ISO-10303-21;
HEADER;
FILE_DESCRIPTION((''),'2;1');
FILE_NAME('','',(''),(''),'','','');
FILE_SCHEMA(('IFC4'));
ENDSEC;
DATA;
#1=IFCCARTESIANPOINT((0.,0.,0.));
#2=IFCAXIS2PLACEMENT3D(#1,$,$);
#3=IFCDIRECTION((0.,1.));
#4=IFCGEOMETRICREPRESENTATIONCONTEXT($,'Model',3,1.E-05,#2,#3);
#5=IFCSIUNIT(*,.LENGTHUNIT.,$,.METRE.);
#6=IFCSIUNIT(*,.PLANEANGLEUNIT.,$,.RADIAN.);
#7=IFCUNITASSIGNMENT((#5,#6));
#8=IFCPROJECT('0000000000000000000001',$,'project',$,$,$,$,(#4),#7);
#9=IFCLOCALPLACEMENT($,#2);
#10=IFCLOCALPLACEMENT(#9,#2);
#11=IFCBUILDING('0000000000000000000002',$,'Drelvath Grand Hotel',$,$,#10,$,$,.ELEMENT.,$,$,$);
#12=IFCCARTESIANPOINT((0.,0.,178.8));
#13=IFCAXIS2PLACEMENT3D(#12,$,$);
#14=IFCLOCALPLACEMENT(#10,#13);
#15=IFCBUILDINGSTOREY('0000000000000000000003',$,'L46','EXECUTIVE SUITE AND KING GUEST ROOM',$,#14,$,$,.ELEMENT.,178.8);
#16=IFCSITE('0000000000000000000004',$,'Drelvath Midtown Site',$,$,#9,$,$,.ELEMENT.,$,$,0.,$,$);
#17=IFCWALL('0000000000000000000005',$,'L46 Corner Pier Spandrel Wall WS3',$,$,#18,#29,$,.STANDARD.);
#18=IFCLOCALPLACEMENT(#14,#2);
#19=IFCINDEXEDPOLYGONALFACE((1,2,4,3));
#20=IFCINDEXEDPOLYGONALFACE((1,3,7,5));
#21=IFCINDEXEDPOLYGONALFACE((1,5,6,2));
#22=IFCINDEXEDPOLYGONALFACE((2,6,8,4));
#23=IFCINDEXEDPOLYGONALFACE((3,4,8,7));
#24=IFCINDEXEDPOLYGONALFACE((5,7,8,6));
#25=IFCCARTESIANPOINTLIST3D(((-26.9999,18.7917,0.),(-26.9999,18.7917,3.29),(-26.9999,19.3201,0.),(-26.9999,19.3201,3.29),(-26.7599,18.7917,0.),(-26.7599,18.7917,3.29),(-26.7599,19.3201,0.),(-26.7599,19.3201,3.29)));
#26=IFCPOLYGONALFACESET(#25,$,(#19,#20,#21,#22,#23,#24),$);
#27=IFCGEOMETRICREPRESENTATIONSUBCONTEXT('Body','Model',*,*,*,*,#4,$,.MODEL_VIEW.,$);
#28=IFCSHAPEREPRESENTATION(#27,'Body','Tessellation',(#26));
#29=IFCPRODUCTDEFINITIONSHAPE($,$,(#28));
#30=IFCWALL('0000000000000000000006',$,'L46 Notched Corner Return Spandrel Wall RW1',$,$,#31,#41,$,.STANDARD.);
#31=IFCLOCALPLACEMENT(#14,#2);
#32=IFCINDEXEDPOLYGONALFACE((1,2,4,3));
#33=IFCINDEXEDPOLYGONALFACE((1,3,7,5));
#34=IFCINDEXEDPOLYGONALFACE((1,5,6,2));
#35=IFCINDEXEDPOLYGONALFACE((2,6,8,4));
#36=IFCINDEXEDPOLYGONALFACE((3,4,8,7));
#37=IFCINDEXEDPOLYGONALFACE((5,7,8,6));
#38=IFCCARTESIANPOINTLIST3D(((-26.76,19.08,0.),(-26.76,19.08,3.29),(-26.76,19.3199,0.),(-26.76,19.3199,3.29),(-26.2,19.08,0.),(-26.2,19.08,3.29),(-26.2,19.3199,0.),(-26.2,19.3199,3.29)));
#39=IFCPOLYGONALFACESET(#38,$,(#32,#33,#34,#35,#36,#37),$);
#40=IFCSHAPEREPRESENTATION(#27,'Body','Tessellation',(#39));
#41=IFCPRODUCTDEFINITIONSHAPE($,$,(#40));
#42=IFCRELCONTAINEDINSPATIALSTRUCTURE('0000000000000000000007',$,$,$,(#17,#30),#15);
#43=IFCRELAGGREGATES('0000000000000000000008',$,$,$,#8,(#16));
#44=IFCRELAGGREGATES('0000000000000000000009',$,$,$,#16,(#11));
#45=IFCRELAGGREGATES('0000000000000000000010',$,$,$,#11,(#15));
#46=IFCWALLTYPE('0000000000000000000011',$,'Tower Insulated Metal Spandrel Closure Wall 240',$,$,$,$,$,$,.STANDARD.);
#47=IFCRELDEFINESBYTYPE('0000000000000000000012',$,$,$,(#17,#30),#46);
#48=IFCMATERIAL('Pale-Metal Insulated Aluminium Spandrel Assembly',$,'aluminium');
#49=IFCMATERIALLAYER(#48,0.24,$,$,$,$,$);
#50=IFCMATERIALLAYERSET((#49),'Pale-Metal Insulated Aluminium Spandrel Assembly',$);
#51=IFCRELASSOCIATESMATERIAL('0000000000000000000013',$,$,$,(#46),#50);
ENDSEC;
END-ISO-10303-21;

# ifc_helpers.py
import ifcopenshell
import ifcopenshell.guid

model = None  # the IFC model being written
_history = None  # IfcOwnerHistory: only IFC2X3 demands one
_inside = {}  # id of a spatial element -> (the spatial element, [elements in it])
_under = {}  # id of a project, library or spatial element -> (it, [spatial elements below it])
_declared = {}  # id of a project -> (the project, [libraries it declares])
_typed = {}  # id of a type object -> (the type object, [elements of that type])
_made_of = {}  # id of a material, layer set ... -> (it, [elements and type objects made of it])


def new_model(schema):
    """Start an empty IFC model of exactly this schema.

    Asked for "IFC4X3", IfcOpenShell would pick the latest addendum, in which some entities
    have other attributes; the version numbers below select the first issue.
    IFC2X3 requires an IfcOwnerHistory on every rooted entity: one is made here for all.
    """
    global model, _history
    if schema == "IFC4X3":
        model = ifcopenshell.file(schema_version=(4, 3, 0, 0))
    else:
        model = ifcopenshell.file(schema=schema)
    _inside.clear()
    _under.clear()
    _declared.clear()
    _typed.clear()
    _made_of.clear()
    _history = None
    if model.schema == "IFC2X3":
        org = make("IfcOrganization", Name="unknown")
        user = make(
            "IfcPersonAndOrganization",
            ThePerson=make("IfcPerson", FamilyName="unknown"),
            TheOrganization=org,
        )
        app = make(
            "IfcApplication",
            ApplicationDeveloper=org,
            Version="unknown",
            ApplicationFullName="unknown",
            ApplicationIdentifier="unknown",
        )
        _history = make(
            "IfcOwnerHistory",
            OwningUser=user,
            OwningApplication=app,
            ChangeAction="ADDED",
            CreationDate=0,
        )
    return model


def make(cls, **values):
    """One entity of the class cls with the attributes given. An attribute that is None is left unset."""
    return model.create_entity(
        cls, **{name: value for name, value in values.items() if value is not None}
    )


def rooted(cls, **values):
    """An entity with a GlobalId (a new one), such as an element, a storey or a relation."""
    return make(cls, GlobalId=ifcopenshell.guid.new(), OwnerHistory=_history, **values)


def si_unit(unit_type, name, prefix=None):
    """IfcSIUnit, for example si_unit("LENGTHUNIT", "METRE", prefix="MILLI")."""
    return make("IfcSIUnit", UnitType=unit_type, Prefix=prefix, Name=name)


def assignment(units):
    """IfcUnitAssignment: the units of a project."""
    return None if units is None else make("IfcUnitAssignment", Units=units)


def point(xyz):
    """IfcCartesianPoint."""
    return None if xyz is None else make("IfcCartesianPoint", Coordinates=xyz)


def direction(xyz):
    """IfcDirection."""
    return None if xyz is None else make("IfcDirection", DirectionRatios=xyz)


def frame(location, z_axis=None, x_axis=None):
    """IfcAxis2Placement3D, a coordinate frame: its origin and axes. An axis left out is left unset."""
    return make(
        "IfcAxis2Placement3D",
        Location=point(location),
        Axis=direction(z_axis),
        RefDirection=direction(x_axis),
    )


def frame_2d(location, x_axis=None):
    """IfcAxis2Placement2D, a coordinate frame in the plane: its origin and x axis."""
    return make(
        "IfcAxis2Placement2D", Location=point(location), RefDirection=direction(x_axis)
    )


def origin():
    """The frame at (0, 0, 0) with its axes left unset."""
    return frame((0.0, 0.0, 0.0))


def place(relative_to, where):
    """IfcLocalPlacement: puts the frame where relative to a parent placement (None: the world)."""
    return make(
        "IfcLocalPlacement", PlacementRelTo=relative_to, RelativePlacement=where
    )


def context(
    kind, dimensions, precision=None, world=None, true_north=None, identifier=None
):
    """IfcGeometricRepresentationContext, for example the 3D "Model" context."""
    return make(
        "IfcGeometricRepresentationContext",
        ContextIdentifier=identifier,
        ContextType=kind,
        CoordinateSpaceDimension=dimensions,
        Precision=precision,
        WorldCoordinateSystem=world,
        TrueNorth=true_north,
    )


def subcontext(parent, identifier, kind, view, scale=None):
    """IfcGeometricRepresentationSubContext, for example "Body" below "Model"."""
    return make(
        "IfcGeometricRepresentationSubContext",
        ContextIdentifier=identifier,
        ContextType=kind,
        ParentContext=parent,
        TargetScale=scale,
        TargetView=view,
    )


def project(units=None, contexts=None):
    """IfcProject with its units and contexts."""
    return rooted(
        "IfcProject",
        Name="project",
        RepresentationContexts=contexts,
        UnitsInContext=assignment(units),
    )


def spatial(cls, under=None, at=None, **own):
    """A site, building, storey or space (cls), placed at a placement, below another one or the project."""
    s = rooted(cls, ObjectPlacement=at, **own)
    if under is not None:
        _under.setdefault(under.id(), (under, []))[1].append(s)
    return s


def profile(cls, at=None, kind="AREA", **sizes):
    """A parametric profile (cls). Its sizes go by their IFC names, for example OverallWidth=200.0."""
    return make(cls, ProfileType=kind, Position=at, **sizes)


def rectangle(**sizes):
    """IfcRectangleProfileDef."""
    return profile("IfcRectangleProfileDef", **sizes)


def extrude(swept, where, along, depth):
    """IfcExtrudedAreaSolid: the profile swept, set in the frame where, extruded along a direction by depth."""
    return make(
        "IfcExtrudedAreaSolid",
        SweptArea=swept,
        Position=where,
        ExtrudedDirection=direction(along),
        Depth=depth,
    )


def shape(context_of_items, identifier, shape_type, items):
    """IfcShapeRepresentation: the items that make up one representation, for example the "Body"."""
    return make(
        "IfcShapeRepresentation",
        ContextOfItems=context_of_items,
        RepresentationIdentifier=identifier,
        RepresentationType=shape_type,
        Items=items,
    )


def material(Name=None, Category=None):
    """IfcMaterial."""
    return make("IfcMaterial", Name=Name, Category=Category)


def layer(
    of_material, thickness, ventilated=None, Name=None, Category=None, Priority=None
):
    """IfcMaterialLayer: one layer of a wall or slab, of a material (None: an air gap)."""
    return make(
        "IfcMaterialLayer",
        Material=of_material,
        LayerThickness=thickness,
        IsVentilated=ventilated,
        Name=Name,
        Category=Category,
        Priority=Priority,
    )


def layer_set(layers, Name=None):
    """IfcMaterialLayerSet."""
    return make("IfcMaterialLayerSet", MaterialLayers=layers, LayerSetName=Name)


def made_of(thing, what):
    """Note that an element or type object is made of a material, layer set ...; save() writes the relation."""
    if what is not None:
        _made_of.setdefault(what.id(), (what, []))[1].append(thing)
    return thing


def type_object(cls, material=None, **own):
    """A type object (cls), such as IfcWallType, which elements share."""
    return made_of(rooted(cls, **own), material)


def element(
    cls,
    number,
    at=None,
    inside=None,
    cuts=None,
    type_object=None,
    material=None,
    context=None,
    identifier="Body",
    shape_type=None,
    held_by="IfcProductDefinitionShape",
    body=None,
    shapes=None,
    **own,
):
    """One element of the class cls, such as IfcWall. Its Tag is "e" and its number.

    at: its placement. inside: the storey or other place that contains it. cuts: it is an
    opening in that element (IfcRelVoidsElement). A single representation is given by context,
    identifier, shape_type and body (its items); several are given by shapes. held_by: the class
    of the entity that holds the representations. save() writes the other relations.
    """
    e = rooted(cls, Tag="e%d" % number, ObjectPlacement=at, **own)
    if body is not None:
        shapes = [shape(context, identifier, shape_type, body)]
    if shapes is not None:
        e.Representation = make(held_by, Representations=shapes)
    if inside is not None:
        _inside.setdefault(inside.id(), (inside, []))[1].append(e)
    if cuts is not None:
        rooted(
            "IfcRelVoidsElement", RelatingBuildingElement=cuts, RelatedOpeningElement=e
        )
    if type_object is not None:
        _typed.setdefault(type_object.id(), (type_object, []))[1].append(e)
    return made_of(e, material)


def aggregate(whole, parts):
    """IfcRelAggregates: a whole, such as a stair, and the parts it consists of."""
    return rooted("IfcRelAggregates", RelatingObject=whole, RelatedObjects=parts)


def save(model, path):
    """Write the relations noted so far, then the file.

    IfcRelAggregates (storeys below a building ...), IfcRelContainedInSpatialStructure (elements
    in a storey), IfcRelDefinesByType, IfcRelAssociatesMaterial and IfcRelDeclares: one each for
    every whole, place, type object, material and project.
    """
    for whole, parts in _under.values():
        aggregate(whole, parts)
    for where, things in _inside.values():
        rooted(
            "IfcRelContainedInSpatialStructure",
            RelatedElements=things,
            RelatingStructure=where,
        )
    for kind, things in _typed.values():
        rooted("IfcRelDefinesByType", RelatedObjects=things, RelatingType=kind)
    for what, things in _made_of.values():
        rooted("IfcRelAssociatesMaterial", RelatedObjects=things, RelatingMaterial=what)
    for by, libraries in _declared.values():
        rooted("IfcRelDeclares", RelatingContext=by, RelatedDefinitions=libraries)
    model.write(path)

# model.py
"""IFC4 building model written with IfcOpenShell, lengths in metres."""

from ifc_helpers import new_model, si_unit, direction, frame, frame_2d, origin, place, context, subcontext, project, spatial, rectangle, extrude, material, layer, layer_set, type_object, element, save


model = new_model("IFC4")

# Units and contexts
model_context = context("Model", 3, precision=1e-05, world=origin(), true_north=direction((0.0, 1.0)))
body_context = subcontext(model_context, "Body", "Model", "MODEL_VIEW")
ifc_project = project(units=[si_unit("LENGTHUNIT", "METRE"), si_unit("PLANEANGLEUNIT", "RADIAN")], contexts=[model_context])

# Site, building, storey
site_placement = place(None, origin())
site = spatial("IfcSite", under=ifc_project, at=site_placement, Name="Drelvath Midtown Site", CompositionType="ELEMENT", RefElevation=0.0)
building_placement = place(site_placement, origin())
building = spatial("IfcBuilding", under=site, at=building_placement, Name="Drelvath Grand Hotel", CompositionType="ELEMENT")
storey_placement = place(building_placement, frame((0.0, 0.0, 178.8)))
storey = spatial("IfcBuildingStorey", under=building, at=storey_placement, Name="L46", Description="EXECUTIVE SUITE AND KING GUEST ROOM", CompositionType="ELEMENT", Elevation=178.8)

# Walls
ifc_material_1 = material(Name="Pale-Metal Insulated Aluminium Spandrel Assembly", Category="aluminium")
ifc_layer_1 = layer(ifc_material_1, 0.24)
ifc_layer_set_1 = layer_set([ifc_layer_1], Name="Pale-Metal Insulated Aluminium Spandrel Assembly")
wall_type_1 = type_object("IfcWallType", Name="Tower Insulated Metal Spandrel Closure Wall 240", PredefinedType="STANDARD", material=ifc_layer_set_1)
wall_1_placement = place(storey_placement, frame((-26.8799, 18.7917, 0.0), z_axis=(0.0, 0.0, 1.0), x_axis=(0.0, 1.0, 0.0)))
element("IfcWall", 1, at=wall_1_placement, inside=storey, type_object=wall_type_1, Name="L46 Corner Pier Spandrel Wall WS3", PredefinedType="STANDARD", context=body_context, shape_type="SweptSolid", body=[
    extrude(rectangle(XDim=0.5283, YDim=0.24, at=frame_2d((0.2642, 0.0))), origin(), (0.0, 0.0, 1.0), 3.29),
])
wall_2_placement = place(storey_placement, frame((-26.76, 19.2, 0.0), z_axis=(0.0, 0.0, 1.0), x_axis=(1.0, 0.0, 0.0)))
element("IfcWall", 2, at=wall_2_placement, inside=storey, type_object=wall_type_1, Name="L46 Notched Corner Return Spandrel Wall RW1", PredefinedType="STANDARD", context=body_context, shape_type="SweptSolid", body=[
    extrude(rectangle(XDim=0.5601, YDim=0.24, at=frame_2d((0.28, 0.0))), origin(), (0.0, 0.0, 1.0), 3.29),
])

save(model, "model.ifc")
